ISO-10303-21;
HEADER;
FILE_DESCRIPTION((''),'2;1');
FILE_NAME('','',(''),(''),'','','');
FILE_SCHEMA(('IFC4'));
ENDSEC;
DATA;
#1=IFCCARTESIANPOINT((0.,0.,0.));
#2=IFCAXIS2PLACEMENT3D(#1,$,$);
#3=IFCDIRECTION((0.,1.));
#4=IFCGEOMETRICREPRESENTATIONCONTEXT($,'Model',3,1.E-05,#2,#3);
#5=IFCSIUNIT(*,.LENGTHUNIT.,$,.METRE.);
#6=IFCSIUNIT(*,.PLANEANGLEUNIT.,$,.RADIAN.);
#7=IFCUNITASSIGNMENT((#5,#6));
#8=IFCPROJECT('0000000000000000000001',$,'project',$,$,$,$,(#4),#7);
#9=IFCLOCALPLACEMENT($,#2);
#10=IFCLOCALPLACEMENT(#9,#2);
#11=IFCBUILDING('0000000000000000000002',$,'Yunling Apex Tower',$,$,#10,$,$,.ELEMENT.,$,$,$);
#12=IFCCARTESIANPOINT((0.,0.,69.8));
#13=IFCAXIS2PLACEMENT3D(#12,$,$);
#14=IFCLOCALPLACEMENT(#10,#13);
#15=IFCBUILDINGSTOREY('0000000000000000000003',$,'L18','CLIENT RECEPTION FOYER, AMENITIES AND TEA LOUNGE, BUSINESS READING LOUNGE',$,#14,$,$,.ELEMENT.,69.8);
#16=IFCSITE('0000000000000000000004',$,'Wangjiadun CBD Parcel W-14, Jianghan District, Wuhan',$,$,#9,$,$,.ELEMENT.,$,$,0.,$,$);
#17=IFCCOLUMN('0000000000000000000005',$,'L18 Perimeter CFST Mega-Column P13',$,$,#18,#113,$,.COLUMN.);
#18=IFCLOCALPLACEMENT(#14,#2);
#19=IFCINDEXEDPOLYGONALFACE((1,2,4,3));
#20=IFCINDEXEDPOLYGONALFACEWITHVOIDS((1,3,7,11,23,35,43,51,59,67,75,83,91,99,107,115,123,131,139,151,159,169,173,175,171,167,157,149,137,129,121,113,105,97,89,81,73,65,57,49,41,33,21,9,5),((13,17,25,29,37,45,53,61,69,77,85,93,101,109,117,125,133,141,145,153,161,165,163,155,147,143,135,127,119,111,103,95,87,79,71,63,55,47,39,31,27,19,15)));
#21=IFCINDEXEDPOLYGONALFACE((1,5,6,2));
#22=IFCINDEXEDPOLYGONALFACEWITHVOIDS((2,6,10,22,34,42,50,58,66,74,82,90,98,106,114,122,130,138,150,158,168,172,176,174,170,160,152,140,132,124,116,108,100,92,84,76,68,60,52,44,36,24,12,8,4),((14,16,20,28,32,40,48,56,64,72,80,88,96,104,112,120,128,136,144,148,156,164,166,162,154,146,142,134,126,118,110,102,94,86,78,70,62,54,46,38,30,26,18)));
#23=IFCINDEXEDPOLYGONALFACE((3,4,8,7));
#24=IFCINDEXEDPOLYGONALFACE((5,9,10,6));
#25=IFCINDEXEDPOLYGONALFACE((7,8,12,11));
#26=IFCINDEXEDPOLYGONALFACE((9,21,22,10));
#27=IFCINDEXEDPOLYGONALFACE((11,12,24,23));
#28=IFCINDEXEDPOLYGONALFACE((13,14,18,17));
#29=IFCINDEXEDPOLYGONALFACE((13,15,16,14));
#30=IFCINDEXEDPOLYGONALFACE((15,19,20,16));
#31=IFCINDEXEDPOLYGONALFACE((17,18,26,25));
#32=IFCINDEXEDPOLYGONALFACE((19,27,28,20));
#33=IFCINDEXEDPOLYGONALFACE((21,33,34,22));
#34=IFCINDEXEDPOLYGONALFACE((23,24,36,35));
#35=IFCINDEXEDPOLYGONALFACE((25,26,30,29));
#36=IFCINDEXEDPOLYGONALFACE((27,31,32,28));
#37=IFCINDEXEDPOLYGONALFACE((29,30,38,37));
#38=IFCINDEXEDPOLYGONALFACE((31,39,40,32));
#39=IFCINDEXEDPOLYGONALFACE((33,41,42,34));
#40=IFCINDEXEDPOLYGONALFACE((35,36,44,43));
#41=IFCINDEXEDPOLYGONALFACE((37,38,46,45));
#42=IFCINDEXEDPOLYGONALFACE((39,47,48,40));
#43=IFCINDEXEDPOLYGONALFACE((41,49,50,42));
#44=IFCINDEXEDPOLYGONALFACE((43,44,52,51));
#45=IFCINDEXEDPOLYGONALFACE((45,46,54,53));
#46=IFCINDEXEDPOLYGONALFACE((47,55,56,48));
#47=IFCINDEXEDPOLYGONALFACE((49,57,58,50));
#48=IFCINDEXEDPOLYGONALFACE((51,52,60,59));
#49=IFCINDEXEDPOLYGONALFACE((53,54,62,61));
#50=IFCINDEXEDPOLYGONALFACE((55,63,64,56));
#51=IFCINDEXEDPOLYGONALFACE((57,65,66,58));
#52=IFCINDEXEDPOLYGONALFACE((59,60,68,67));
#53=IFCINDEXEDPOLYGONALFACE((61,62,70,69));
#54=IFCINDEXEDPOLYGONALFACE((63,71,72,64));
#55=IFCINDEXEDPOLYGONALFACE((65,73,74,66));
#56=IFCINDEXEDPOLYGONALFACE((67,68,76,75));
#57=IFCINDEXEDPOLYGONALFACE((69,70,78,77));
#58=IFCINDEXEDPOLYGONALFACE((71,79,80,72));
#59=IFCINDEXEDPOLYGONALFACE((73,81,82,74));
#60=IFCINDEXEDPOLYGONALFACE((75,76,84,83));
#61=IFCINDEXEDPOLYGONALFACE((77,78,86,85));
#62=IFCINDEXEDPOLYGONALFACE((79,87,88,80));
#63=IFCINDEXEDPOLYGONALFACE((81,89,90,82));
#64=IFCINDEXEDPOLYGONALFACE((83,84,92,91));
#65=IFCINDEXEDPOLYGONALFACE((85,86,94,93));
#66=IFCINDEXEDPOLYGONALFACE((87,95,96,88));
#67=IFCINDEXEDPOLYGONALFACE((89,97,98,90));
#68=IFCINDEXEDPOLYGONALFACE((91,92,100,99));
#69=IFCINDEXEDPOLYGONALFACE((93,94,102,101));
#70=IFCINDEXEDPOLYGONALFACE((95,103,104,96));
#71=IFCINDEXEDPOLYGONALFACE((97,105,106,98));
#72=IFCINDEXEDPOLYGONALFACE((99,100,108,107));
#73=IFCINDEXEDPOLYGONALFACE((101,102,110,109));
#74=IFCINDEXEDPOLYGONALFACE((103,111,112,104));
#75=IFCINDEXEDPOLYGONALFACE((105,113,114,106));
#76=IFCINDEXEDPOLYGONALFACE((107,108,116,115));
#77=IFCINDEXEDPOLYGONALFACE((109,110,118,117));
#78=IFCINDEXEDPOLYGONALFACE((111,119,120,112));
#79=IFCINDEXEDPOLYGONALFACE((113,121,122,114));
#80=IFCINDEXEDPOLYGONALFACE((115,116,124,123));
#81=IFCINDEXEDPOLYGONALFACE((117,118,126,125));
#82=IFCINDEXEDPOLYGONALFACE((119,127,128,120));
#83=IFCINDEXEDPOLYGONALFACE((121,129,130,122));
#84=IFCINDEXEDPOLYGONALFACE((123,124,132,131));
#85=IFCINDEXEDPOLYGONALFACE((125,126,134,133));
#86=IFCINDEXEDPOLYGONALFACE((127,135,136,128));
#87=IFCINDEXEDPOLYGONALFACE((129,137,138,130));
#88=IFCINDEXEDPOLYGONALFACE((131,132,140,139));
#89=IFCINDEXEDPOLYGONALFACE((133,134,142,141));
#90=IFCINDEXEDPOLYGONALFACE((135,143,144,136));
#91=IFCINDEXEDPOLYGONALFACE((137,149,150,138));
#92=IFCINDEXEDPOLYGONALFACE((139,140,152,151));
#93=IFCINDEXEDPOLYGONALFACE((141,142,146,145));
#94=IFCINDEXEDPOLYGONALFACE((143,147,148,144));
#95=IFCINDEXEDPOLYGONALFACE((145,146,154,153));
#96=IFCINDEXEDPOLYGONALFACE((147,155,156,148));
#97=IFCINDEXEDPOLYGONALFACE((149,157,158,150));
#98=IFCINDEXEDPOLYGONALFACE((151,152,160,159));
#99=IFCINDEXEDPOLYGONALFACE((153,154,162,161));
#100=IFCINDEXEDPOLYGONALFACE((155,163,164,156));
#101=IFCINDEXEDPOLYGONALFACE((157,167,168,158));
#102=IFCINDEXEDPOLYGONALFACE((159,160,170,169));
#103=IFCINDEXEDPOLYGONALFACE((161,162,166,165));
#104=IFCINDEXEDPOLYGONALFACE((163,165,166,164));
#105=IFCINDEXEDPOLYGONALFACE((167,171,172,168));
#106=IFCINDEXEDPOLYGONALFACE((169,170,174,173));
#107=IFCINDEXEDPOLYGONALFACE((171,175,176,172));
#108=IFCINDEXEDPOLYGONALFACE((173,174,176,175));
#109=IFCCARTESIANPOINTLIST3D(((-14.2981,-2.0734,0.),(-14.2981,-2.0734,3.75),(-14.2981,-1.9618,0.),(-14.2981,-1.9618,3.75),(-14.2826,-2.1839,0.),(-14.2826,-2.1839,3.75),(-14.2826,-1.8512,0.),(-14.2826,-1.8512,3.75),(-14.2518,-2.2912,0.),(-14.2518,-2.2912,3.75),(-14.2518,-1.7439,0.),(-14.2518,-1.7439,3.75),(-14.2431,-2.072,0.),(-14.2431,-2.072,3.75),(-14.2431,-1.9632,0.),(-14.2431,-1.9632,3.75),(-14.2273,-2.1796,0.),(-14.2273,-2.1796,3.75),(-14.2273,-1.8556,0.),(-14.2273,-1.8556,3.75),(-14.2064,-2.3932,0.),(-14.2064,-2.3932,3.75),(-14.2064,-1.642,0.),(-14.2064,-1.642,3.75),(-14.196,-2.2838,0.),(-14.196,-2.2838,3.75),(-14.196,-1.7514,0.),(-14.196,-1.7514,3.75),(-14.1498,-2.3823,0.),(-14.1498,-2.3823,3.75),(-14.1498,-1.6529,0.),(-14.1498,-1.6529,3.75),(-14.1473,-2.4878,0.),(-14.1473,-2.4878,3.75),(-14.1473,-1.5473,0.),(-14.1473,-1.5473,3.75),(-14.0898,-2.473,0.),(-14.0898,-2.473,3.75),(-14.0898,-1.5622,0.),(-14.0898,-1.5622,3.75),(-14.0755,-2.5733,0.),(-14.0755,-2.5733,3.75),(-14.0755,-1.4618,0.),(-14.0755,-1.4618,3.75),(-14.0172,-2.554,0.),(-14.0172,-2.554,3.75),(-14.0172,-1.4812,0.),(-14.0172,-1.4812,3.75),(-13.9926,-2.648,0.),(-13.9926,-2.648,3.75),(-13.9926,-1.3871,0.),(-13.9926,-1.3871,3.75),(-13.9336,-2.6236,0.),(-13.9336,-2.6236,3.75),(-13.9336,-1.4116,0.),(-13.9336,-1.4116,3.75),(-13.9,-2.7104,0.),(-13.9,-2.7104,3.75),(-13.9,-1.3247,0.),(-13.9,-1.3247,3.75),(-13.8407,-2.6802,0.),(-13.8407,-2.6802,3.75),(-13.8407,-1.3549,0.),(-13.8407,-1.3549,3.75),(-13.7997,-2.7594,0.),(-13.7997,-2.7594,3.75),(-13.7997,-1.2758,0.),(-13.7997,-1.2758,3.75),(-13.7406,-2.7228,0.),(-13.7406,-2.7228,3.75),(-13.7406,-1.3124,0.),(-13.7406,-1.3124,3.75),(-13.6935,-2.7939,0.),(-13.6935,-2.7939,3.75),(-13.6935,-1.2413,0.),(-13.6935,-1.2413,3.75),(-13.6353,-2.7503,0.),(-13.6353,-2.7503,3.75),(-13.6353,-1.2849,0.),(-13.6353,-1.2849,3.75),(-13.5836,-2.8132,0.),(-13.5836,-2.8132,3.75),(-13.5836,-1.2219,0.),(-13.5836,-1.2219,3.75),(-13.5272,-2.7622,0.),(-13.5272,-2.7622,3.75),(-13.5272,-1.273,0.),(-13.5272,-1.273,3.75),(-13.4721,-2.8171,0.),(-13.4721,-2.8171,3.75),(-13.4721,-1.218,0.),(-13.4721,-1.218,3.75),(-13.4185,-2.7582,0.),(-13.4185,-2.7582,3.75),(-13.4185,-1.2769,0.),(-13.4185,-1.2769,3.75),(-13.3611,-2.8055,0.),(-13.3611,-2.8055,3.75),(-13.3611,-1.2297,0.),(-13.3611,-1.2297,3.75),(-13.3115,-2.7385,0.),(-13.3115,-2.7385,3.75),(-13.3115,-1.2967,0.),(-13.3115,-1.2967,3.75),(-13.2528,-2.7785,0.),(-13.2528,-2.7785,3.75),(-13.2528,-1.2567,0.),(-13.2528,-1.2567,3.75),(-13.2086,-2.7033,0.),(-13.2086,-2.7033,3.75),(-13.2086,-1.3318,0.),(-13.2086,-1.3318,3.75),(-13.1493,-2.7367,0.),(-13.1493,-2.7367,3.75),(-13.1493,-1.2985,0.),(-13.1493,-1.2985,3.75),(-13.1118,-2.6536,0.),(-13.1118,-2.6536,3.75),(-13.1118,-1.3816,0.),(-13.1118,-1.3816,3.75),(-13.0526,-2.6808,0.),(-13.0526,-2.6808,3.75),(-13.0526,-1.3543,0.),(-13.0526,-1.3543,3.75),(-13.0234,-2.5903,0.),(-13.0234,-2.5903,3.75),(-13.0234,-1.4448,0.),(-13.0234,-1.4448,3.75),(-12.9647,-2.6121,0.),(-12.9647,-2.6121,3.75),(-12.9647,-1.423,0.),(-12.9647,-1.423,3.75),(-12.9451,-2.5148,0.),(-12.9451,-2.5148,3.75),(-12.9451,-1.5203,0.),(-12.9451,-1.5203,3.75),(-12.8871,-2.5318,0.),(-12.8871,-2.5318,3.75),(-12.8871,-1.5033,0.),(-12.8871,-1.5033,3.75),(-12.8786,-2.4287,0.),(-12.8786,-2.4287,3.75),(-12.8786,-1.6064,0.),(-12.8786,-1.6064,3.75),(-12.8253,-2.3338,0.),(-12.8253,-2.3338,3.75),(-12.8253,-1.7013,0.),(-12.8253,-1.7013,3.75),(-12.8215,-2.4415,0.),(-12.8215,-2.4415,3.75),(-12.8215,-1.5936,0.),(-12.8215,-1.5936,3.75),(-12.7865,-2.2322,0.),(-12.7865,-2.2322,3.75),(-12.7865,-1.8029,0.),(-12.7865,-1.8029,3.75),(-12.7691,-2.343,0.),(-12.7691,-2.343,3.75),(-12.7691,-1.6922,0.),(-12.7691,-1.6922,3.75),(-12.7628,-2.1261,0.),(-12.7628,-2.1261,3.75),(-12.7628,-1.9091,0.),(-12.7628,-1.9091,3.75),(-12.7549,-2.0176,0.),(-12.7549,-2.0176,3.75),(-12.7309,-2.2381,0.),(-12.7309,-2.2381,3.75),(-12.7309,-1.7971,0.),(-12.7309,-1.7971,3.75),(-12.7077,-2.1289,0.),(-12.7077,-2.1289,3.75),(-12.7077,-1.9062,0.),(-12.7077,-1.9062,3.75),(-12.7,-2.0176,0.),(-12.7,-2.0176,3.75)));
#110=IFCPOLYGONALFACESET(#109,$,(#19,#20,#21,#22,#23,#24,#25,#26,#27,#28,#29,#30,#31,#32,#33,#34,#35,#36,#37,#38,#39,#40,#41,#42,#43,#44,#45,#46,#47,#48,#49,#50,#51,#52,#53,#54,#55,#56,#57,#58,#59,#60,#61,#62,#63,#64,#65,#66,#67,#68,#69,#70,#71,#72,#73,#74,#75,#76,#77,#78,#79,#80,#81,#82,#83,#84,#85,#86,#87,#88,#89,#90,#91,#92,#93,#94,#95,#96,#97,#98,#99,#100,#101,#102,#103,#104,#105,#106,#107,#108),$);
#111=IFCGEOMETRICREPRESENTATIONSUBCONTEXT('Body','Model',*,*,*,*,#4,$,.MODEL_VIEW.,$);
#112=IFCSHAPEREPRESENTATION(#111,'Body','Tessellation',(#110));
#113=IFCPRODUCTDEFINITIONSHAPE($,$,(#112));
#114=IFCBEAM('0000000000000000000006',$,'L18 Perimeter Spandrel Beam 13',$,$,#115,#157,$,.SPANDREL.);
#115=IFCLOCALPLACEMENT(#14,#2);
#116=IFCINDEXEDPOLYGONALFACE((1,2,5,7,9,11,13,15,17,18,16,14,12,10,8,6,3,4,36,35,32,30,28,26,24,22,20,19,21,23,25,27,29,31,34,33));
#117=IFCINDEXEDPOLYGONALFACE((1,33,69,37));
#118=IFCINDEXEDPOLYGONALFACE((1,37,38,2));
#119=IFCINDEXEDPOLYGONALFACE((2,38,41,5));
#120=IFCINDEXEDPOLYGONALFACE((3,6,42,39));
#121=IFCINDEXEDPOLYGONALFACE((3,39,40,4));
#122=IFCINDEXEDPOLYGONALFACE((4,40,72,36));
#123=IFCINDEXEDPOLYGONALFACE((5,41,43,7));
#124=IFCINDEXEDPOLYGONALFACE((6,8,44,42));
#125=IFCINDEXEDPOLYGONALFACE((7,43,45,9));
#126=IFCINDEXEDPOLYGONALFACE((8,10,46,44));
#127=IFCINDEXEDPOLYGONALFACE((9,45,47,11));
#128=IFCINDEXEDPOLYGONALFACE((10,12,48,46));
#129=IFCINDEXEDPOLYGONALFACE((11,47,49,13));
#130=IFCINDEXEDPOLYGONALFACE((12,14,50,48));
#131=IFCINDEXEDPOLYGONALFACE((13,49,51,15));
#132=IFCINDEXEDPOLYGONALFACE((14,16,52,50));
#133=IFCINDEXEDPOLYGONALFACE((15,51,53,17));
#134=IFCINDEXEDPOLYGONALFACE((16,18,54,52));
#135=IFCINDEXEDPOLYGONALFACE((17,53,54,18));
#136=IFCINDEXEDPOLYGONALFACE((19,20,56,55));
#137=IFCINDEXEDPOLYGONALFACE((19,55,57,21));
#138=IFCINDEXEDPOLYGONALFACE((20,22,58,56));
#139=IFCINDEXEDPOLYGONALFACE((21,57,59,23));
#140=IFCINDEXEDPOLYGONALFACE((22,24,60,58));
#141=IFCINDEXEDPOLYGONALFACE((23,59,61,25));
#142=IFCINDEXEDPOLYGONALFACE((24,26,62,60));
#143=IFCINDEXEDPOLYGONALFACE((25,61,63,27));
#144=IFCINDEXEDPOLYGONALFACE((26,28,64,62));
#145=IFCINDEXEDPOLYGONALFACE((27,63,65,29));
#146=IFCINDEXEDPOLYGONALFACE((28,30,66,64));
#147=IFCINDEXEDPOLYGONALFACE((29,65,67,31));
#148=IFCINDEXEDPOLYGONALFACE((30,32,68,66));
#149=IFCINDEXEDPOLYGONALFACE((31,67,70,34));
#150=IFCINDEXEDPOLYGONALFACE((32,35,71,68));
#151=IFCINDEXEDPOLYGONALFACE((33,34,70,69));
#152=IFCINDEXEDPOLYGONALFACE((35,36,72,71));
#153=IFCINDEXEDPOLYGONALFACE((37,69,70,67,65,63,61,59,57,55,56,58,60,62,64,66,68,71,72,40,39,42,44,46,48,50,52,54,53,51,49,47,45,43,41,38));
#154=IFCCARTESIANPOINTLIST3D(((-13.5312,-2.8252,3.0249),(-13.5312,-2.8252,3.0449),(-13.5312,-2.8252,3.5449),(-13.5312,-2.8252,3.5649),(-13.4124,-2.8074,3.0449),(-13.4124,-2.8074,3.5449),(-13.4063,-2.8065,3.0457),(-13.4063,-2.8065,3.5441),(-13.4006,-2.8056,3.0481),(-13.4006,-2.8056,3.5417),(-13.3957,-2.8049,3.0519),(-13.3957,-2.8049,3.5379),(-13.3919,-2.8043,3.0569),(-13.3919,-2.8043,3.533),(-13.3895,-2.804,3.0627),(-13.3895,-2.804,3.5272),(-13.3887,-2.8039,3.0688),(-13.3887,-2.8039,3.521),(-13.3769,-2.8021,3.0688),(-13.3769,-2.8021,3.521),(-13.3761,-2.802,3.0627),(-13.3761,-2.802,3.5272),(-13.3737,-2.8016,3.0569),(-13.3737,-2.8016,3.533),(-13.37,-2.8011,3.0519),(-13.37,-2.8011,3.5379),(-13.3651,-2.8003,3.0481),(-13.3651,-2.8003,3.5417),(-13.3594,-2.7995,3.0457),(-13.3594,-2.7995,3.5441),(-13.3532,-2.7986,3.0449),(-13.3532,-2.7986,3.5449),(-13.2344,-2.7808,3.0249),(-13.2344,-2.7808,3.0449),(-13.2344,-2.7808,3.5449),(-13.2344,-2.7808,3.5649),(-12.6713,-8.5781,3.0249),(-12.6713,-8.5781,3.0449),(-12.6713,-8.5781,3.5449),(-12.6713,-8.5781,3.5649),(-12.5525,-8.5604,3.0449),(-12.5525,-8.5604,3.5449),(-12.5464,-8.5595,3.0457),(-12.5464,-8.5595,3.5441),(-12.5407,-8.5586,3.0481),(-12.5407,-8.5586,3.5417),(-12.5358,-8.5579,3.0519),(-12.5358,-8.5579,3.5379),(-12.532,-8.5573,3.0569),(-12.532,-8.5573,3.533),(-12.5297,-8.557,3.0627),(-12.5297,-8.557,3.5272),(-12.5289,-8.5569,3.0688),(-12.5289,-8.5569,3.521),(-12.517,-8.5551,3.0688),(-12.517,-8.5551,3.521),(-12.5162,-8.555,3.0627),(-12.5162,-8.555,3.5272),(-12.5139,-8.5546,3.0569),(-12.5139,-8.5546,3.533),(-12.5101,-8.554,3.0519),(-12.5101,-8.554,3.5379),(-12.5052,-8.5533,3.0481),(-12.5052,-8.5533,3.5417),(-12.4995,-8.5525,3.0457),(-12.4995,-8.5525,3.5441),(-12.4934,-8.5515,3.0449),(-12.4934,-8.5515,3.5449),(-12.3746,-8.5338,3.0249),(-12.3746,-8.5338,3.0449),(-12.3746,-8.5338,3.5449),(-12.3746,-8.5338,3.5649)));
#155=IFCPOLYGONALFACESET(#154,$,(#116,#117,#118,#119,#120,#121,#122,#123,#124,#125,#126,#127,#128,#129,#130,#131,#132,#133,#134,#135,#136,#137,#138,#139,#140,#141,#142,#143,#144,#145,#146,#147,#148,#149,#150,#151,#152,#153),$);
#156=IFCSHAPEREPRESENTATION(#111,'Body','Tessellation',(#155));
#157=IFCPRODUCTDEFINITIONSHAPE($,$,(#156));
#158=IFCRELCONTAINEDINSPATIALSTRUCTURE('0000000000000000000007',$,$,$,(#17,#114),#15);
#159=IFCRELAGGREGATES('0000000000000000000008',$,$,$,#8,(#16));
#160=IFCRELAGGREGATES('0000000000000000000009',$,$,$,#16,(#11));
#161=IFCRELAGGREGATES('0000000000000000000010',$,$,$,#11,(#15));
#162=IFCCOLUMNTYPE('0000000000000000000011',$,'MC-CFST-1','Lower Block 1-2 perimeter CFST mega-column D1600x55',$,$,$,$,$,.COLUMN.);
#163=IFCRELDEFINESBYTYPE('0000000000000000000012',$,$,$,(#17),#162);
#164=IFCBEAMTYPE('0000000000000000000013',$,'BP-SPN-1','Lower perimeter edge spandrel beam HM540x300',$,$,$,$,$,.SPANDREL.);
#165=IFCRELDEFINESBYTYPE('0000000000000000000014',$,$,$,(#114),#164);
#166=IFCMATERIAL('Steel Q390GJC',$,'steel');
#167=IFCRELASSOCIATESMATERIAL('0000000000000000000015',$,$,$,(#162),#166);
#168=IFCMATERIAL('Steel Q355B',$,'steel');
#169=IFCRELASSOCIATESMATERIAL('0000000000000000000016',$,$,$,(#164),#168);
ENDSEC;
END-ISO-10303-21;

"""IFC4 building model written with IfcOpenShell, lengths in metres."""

from ifc_helpers import new_model, si_unit, direction, frame, origin, origin_2d, place, context, subcontext, project, spatial, hollow_circle, i_section, extrude, source, transform, mapped, material, material_profile, profile_set, type_object, element, save


model = new_model("IFC4")

# Units and contexts
model_context = context("Model", 3, precision=1e-05, world=origin(), true_north=direction((0.0, 1.0)))
body_context = subcontext(model_context, "Body", "Model", "MODEL_VIEW")
ifc_project = project(units=[si_unit("LENGTHUNIT", "METRE"), si_unit("PLANEANGLEUNIT", "RADIAN")], contexts=[model_context])

# Site, building, storey
site_placement = place(None, origin())
site = spatial("IfcSite", under=ifc_project, at=site_placement, Name="Wangjiadun CBD Parcel W-14, Jianghan District, Wuhan", CompositionType="ELEMENT", RefElevation=0.0)
building_placement = place(site_placement, origin())
building = spatial("IfcBuilding", under=site, at=building_placement, Name="Yunling Apex Tower", CompositionType="ELEMENT")
storey_placement = place(building_placement, frame((0.0, 0.0, 69.8)))
storey = spatial("IfcBuildingStorey", under=building, at=storey_placement, Name="L18", Description="CLIENT RECEPTION FOYER, AMENITIES AND TEA LOUNGE, BUSINESS READING LOUNGE", CompositionType="ELEMENT", Elevation=69.8)

# Column
ifc_material_1 = material(Name="Steel Q390GJC", Category="steel")
ifc_material_profile_1 = material_profile(ifc_material_1, hollow_circle(Radius=0.8, WallThickness=0.0549, at=origin_2d()))
ifc_profile_set_1 = profile_set([ifc_material_profile_1], Name="Steel Q390GJC")
column_type = type_object("IfcColumnType", Name="MC-CFST-1", Description="Lower Block 1-2 perimeter CFST mega-column D1600x55", PredefinedType="COLUMN", material=ifc_profile_set_1)
shared_shape_1 = source(origin(), body_context, "Body", "SweptSolid", [
    extrude(hollow_circle(Radius=0.8, WallThickness=0.0549, at=origin_2d()), origin(), (0.0, 0.0, 1.0), 3.75),
])
column_placement = place(storey_placement, frame((-13.5, -2.0176, 0.0), z_axis=(0.0, 0.0, 1.0), x_axis=(1.0, 0.0, 0.0)))
element("IfcColumn", 1, at=column_placement, inside=storey, type_object=column_type, Name="L18 Perimeter CFST Mega-Column P13", PredefinedType="COLUMN", context=body_context, shape_type="MappedRepresentation", body=[
    mapped(shared_shape_1, transform((0.0, 0.0, 0.0), scale=1.0)),
])

# Beam
ifc_material_2 = material(Name="Steel Q355B", Category="steel")
ifc_material_profile_2 = material_profile(ifc_material_2, i_section(OverallWidth=0.3, OverallDepth=0.54, WebThickness=0.012, FlangeThickness=0.02, FilletRadius=0.0239, at=origin_2d()))
ifc_profile_set_2 = profile_set([ifc_material_profile_2], Name="Steel Q355B")
beam_type_1 = type_object("IfcBeamType", Name="BP-SPN-1", Description="Lower perimeter edge spandrel beam HM540x300", PredefinedType="SPANDREL", material=ifc_profile_set_2)
shared_shape_2 = source(origin(), body_context, "Body", "SweptSolid", [
    extrude(i_section(OverallWidth=0.3, OverallDepth=0.54, WebThickness=0.012, FlangeThickness=0.02, FilletRadius=0.0239, at=origin_2d()), origin(), (0.0, 0.0, 1.0), 5.8169),
])
beam_1_placement = place(storey_placement, frame((-13.3828, -2.803, 3.2949), z_axis=(0.147823, -0.989014, 0.0), x_axis=(0.989014, 0.147823, 0.0)))
element("IfcBeam", 2, at=beam_1_placement, inside=storey, type_object=beam_type_1, Name="L18 Perimeter Spandrel Beam 13", PredefinedType="SPANDREL", context=body_context, shape_type="MappedRepresentation", body=[
    mapped(shared_shape_2, transform((0.0, 0.0, 0.0), scale=1.0)),
])

save(model, "model.ifc")
